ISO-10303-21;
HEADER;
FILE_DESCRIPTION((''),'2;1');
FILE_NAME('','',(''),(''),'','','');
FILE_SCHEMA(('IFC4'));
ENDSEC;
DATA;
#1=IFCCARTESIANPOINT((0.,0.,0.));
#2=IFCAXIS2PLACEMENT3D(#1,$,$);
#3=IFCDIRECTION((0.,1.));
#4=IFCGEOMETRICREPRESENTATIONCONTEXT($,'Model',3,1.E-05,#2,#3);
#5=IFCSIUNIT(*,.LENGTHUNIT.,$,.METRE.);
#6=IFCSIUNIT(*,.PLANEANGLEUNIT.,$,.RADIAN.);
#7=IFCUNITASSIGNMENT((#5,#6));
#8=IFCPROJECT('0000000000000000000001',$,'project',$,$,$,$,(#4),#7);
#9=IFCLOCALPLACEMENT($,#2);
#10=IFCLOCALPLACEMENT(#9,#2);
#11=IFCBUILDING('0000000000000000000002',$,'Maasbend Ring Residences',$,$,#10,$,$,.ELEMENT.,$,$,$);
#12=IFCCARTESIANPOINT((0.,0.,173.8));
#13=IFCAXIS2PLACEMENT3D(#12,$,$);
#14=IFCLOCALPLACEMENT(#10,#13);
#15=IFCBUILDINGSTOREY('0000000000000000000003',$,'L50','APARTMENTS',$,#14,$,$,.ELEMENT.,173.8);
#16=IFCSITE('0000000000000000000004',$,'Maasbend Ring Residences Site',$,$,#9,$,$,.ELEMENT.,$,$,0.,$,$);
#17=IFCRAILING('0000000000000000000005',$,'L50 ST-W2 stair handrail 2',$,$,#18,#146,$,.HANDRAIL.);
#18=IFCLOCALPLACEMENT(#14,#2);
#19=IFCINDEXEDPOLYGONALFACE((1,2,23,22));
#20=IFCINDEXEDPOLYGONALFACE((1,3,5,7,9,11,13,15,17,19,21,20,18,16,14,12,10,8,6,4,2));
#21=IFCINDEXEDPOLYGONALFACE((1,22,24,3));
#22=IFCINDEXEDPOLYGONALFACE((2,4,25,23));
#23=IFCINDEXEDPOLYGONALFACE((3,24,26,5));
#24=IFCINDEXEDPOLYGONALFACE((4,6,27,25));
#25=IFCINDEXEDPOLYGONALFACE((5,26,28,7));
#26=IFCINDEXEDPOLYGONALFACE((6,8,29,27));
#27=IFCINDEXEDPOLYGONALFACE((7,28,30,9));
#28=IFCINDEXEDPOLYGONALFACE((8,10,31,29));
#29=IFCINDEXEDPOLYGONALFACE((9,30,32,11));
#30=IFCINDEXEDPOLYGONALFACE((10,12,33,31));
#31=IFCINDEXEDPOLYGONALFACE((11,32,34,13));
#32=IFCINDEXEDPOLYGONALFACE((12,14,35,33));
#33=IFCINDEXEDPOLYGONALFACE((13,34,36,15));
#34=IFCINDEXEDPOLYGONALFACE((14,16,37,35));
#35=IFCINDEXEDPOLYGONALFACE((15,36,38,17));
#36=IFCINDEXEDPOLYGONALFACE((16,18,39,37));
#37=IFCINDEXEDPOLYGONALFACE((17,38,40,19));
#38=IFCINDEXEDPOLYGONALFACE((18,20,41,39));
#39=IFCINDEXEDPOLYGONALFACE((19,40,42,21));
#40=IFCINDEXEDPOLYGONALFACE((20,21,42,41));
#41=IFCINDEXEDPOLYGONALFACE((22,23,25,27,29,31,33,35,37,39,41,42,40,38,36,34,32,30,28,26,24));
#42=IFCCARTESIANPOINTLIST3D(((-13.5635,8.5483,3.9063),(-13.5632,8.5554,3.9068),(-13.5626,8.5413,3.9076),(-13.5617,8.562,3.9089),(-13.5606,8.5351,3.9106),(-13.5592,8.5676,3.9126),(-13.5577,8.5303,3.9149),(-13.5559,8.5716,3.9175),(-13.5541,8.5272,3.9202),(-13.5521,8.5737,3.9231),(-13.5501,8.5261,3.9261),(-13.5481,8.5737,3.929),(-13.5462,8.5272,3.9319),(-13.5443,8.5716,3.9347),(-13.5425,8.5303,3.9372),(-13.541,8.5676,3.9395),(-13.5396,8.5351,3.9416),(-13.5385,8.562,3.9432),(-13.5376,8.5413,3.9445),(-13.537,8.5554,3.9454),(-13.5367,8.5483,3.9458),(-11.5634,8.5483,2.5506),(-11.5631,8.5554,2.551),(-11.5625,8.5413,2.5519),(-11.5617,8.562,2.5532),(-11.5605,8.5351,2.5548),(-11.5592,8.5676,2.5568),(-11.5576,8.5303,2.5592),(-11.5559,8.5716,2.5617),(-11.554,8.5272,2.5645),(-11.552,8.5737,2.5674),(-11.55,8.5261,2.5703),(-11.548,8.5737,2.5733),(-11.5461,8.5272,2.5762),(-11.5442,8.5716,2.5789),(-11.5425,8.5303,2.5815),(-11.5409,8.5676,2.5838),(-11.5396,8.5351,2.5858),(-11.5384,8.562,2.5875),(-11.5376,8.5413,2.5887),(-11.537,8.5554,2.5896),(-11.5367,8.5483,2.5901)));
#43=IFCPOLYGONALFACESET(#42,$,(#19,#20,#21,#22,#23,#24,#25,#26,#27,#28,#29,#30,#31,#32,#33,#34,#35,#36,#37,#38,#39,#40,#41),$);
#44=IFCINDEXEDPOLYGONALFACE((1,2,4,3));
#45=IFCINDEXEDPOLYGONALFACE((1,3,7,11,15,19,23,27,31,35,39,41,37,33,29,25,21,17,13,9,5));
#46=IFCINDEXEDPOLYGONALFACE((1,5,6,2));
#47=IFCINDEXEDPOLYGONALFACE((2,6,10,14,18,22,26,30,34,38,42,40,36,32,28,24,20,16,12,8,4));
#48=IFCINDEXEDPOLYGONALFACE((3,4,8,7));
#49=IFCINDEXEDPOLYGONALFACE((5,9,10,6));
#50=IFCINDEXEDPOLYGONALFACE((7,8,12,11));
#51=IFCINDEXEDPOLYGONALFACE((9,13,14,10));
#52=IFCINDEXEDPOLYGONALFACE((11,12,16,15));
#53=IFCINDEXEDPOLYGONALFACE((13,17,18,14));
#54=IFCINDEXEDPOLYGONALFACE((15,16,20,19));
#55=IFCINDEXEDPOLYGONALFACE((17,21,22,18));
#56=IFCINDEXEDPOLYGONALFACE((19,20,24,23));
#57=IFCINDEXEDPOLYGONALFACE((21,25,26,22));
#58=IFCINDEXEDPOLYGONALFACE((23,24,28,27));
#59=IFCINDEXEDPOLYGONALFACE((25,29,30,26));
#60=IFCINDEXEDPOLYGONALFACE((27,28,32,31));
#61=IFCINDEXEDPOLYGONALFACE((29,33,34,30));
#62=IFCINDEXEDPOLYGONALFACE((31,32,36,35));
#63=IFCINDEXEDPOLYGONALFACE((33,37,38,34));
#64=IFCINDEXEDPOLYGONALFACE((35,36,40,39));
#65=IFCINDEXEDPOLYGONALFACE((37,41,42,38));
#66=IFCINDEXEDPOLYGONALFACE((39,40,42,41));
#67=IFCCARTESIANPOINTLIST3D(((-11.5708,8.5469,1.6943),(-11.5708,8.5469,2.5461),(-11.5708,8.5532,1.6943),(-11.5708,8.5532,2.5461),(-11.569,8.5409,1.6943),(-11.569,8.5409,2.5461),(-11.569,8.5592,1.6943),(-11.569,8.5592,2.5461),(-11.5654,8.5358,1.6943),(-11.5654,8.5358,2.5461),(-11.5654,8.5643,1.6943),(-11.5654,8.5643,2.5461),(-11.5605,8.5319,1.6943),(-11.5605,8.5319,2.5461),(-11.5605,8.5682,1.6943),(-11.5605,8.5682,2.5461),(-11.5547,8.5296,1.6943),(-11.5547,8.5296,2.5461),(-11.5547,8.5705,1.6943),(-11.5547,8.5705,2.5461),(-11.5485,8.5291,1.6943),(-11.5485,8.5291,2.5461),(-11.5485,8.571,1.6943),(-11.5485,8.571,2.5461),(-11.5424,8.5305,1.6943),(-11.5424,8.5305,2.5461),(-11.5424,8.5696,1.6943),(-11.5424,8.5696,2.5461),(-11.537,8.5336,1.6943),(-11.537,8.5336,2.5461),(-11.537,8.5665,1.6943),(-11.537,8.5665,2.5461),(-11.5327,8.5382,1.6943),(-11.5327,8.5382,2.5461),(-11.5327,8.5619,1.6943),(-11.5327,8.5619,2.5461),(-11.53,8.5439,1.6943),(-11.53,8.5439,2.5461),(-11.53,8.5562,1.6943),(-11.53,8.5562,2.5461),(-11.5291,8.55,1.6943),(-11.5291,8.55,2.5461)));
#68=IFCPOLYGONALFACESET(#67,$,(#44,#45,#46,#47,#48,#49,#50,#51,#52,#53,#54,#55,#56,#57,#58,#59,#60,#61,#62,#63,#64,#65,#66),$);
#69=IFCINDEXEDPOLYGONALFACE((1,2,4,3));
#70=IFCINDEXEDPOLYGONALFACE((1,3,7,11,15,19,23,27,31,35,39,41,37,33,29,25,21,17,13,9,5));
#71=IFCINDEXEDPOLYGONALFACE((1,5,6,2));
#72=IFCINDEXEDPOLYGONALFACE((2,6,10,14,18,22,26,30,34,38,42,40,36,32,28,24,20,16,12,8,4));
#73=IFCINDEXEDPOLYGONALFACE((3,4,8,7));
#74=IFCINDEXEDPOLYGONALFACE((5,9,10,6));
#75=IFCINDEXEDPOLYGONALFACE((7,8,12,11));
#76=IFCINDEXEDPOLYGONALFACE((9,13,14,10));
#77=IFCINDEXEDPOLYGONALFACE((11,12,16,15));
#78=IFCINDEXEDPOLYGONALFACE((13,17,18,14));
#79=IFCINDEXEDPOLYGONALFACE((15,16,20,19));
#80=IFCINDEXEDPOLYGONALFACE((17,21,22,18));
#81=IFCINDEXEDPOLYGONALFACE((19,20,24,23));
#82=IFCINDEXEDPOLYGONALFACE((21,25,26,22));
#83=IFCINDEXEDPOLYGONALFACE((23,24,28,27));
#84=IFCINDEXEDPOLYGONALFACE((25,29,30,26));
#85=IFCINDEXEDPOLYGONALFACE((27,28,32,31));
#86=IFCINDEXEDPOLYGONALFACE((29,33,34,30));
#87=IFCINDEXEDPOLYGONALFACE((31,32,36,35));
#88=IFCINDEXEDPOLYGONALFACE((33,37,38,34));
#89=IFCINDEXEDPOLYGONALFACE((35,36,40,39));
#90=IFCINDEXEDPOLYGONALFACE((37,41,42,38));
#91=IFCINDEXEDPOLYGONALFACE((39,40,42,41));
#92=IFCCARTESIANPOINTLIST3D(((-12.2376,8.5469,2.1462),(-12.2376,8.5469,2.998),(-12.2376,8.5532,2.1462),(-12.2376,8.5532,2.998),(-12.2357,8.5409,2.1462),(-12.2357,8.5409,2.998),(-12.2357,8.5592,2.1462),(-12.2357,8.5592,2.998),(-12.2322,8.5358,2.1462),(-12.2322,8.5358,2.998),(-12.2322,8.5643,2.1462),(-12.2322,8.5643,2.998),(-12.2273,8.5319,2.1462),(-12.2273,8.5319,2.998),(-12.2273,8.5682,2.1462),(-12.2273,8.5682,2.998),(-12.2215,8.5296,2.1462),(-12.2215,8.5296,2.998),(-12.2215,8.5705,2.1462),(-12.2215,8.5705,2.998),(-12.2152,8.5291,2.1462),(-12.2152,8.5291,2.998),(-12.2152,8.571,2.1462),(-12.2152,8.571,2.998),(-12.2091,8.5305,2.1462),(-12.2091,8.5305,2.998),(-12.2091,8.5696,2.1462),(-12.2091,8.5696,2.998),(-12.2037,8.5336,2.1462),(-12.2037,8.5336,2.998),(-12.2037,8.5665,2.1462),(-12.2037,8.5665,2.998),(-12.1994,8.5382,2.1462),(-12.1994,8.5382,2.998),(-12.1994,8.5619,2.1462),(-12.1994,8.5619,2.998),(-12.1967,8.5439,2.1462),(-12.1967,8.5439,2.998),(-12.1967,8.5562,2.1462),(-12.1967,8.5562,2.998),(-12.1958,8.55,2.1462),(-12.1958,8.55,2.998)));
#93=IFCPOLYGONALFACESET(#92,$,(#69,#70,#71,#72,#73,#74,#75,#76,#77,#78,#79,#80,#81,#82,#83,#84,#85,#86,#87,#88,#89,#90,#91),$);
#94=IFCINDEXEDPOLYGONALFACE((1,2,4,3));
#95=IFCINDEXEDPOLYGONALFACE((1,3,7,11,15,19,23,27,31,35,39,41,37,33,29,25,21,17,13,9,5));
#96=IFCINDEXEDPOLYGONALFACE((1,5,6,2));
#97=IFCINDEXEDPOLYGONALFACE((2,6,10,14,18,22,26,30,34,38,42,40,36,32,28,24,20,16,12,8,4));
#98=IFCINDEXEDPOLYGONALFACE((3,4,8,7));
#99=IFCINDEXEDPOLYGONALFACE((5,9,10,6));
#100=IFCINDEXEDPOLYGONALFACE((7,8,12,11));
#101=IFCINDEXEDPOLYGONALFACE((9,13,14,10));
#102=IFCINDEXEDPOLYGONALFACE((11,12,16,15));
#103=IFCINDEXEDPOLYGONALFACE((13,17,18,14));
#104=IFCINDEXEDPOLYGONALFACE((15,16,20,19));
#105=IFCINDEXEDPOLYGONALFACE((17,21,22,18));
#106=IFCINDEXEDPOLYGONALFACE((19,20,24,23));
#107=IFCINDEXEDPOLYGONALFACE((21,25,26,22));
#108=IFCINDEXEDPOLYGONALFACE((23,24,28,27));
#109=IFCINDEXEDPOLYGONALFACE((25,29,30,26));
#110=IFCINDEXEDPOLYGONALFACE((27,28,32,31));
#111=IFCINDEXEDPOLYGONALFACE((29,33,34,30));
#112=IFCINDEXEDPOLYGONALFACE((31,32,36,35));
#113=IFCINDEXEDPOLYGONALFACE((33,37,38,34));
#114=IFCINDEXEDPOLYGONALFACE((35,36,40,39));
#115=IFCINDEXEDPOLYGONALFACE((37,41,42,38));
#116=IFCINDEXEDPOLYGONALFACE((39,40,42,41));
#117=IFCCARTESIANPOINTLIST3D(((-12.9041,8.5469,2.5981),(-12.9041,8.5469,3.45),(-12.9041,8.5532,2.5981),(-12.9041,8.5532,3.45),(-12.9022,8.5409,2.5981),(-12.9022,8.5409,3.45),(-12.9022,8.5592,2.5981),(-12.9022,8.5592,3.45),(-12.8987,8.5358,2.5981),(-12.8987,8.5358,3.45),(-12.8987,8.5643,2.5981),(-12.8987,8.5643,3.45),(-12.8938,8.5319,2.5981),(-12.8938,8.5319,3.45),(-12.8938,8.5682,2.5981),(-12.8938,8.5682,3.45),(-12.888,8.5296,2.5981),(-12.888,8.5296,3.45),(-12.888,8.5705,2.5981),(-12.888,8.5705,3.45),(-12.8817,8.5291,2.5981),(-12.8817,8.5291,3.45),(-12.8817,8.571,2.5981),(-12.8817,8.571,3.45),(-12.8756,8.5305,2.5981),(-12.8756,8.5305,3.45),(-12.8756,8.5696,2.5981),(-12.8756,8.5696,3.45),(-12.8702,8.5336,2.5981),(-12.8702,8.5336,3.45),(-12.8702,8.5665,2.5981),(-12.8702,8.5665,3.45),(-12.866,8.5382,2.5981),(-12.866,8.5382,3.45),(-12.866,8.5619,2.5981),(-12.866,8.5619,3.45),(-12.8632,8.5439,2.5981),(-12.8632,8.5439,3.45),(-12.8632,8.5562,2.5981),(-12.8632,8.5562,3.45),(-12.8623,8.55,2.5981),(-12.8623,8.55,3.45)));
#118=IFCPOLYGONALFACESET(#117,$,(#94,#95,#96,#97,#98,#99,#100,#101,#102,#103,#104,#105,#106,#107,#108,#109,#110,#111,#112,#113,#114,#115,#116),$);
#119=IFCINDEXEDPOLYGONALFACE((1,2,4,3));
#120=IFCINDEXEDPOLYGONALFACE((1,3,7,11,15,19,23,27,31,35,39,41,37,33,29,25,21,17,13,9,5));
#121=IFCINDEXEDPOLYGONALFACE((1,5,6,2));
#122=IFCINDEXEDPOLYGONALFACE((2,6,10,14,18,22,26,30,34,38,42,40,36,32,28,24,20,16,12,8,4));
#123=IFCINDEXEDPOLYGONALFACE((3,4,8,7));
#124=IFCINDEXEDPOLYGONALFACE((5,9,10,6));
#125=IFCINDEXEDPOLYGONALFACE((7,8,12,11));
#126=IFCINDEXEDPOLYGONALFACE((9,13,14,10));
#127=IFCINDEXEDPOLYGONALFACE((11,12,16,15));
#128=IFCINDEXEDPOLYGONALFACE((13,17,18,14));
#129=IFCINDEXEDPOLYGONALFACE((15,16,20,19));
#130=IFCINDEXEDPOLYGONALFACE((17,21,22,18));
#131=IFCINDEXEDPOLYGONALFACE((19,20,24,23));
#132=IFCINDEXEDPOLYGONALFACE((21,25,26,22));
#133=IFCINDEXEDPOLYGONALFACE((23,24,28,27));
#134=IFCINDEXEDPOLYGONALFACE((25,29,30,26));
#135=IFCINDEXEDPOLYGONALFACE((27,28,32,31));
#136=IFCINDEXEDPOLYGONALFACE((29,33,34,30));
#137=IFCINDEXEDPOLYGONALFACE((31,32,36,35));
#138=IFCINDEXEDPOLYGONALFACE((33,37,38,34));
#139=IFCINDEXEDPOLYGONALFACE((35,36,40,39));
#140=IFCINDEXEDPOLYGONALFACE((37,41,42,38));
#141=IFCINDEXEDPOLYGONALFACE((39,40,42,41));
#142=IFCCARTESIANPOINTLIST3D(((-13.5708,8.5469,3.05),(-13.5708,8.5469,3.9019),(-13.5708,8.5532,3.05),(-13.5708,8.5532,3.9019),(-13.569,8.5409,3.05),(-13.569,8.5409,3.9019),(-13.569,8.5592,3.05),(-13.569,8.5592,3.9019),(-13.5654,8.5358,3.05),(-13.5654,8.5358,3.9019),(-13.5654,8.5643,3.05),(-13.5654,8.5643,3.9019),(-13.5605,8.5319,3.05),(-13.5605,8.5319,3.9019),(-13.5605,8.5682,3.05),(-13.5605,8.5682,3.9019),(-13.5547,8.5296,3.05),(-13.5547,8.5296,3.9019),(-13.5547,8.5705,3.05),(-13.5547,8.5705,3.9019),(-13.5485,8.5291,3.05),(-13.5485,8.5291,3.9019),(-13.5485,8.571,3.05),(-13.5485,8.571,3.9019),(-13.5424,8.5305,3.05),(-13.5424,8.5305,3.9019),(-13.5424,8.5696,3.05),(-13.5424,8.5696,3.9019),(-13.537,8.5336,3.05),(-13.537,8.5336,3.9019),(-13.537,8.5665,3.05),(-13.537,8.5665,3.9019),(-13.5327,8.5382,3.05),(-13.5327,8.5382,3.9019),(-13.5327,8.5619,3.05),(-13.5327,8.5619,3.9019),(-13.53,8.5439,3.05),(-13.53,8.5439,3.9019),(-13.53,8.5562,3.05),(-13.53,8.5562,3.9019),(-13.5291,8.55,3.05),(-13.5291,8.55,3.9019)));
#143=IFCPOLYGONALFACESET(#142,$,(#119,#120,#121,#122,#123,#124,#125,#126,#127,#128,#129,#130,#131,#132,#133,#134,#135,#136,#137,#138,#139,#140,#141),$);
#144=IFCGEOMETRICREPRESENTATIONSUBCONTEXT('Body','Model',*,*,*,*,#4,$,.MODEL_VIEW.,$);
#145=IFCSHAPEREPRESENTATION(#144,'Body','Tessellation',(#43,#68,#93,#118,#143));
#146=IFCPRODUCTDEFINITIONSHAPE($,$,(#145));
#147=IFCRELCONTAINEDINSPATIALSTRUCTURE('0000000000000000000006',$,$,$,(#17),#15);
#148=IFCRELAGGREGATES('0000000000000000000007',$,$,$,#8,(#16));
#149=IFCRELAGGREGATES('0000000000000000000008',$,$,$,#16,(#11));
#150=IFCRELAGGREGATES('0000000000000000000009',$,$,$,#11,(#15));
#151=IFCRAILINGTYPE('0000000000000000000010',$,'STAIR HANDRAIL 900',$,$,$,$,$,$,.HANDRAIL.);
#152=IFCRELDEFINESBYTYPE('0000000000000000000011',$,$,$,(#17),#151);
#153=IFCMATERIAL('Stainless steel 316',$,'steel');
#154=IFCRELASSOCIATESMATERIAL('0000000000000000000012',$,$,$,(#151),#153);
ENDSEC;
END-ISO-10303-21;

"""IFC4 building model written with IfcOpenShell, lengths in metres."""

from ifc_helpers import new_model, si_unit, direction, frame, origin, origin_2d, place, context, subcontext, project, spatial, circle, extrude, material, type_object, element, save


model = new_model("IFC4")

# Units and contexts
model_context = context("Model", 3, precision=1e-05, world=origin(), true_north=direction((0.0, 1.0)))
body_context = subcontext(model_context, "Body", "Model", "MODEL_VIEW")
ifc_project = project(units=[si_unit("LENGTHUNIT", "METRE"), si_unit("PLANEANGLEUNIT", "RADIAN")], contexts=[model_context])

# Site, building, storey
site_placement = place(None, origin())
site = spatial("IfcSite", under=ifc_project, at=site_placement, Name="Maasbend Ring Residences Site", CompositionType="ELEMENT", RefElevation=0.0)
building_placement = place(site_placement, origin())
building = spatial("IfcBuilding", under=site, at=building_placement, Name="Maasbend Ring Residences", CompositionType="ELEMENT")
storey_placement = place(building_placement, frame((0.0, 0.0, 173.8)))
storey = spatial("IfcBuildingStorey", under=building, at=storey_placement, Name="L50", Description="APARTMENTS", CompositionType="ELEMENT", Elevation=173.8)

# Railing
ifc_material_1 = material(Name="Stainless steel 316", Category="steel")
railing_type_1 = type_object("IfcRailingType", Name="STAIR HANDRAIL 900", PredefinedType="HANDRAIL", material=ifc_material_1)
railing_1_placement = place(storey_placement, frame((-11.55, 8.55, 1.6943)))
element("IfcRailing", 1, at=railing_1_placement, inside=storey, type_object=railing_type_1, Name="L50 ST-W2 stair handrail 2", PredefinedType="HANDRAIL", context=body_context, shape_type="SweptSolid", body=[
    extrude(circle(Radius=0.0239, at=origin_2d()), frame((0.0, 0.0, 0.876), z_axis=(-0.827751, 0.0, 0.561096), x_axis=(0.0, -1.0, 0.0)), (0.0, 0.0, 1.0), 2.4163),
    extrude(circle(Radius=0.021, at=origin_2d()), origin(), (0.0, 0.0, 1.0), 0.8518),
    extrude(circle(Radius=0.021, at=origin_2d()), frame((-0.6667, 0.0, 0.4519)), (0.0, 0.0, 1.0), 0.8518),
    extrude(circle(Radius=0.021, at=origin_2d()), frame((-1.3333, 0.0, 0.9038)), (0.0, 0.0, 1.0), 0.8518),
    extrude(circle(Radius=0.021, at=origin_2d()), frame((-2.0, 0.0, 1.3557)), (0.0, 0.0, 1.0), 0.8518),
])

save(model, "model.ifc")
